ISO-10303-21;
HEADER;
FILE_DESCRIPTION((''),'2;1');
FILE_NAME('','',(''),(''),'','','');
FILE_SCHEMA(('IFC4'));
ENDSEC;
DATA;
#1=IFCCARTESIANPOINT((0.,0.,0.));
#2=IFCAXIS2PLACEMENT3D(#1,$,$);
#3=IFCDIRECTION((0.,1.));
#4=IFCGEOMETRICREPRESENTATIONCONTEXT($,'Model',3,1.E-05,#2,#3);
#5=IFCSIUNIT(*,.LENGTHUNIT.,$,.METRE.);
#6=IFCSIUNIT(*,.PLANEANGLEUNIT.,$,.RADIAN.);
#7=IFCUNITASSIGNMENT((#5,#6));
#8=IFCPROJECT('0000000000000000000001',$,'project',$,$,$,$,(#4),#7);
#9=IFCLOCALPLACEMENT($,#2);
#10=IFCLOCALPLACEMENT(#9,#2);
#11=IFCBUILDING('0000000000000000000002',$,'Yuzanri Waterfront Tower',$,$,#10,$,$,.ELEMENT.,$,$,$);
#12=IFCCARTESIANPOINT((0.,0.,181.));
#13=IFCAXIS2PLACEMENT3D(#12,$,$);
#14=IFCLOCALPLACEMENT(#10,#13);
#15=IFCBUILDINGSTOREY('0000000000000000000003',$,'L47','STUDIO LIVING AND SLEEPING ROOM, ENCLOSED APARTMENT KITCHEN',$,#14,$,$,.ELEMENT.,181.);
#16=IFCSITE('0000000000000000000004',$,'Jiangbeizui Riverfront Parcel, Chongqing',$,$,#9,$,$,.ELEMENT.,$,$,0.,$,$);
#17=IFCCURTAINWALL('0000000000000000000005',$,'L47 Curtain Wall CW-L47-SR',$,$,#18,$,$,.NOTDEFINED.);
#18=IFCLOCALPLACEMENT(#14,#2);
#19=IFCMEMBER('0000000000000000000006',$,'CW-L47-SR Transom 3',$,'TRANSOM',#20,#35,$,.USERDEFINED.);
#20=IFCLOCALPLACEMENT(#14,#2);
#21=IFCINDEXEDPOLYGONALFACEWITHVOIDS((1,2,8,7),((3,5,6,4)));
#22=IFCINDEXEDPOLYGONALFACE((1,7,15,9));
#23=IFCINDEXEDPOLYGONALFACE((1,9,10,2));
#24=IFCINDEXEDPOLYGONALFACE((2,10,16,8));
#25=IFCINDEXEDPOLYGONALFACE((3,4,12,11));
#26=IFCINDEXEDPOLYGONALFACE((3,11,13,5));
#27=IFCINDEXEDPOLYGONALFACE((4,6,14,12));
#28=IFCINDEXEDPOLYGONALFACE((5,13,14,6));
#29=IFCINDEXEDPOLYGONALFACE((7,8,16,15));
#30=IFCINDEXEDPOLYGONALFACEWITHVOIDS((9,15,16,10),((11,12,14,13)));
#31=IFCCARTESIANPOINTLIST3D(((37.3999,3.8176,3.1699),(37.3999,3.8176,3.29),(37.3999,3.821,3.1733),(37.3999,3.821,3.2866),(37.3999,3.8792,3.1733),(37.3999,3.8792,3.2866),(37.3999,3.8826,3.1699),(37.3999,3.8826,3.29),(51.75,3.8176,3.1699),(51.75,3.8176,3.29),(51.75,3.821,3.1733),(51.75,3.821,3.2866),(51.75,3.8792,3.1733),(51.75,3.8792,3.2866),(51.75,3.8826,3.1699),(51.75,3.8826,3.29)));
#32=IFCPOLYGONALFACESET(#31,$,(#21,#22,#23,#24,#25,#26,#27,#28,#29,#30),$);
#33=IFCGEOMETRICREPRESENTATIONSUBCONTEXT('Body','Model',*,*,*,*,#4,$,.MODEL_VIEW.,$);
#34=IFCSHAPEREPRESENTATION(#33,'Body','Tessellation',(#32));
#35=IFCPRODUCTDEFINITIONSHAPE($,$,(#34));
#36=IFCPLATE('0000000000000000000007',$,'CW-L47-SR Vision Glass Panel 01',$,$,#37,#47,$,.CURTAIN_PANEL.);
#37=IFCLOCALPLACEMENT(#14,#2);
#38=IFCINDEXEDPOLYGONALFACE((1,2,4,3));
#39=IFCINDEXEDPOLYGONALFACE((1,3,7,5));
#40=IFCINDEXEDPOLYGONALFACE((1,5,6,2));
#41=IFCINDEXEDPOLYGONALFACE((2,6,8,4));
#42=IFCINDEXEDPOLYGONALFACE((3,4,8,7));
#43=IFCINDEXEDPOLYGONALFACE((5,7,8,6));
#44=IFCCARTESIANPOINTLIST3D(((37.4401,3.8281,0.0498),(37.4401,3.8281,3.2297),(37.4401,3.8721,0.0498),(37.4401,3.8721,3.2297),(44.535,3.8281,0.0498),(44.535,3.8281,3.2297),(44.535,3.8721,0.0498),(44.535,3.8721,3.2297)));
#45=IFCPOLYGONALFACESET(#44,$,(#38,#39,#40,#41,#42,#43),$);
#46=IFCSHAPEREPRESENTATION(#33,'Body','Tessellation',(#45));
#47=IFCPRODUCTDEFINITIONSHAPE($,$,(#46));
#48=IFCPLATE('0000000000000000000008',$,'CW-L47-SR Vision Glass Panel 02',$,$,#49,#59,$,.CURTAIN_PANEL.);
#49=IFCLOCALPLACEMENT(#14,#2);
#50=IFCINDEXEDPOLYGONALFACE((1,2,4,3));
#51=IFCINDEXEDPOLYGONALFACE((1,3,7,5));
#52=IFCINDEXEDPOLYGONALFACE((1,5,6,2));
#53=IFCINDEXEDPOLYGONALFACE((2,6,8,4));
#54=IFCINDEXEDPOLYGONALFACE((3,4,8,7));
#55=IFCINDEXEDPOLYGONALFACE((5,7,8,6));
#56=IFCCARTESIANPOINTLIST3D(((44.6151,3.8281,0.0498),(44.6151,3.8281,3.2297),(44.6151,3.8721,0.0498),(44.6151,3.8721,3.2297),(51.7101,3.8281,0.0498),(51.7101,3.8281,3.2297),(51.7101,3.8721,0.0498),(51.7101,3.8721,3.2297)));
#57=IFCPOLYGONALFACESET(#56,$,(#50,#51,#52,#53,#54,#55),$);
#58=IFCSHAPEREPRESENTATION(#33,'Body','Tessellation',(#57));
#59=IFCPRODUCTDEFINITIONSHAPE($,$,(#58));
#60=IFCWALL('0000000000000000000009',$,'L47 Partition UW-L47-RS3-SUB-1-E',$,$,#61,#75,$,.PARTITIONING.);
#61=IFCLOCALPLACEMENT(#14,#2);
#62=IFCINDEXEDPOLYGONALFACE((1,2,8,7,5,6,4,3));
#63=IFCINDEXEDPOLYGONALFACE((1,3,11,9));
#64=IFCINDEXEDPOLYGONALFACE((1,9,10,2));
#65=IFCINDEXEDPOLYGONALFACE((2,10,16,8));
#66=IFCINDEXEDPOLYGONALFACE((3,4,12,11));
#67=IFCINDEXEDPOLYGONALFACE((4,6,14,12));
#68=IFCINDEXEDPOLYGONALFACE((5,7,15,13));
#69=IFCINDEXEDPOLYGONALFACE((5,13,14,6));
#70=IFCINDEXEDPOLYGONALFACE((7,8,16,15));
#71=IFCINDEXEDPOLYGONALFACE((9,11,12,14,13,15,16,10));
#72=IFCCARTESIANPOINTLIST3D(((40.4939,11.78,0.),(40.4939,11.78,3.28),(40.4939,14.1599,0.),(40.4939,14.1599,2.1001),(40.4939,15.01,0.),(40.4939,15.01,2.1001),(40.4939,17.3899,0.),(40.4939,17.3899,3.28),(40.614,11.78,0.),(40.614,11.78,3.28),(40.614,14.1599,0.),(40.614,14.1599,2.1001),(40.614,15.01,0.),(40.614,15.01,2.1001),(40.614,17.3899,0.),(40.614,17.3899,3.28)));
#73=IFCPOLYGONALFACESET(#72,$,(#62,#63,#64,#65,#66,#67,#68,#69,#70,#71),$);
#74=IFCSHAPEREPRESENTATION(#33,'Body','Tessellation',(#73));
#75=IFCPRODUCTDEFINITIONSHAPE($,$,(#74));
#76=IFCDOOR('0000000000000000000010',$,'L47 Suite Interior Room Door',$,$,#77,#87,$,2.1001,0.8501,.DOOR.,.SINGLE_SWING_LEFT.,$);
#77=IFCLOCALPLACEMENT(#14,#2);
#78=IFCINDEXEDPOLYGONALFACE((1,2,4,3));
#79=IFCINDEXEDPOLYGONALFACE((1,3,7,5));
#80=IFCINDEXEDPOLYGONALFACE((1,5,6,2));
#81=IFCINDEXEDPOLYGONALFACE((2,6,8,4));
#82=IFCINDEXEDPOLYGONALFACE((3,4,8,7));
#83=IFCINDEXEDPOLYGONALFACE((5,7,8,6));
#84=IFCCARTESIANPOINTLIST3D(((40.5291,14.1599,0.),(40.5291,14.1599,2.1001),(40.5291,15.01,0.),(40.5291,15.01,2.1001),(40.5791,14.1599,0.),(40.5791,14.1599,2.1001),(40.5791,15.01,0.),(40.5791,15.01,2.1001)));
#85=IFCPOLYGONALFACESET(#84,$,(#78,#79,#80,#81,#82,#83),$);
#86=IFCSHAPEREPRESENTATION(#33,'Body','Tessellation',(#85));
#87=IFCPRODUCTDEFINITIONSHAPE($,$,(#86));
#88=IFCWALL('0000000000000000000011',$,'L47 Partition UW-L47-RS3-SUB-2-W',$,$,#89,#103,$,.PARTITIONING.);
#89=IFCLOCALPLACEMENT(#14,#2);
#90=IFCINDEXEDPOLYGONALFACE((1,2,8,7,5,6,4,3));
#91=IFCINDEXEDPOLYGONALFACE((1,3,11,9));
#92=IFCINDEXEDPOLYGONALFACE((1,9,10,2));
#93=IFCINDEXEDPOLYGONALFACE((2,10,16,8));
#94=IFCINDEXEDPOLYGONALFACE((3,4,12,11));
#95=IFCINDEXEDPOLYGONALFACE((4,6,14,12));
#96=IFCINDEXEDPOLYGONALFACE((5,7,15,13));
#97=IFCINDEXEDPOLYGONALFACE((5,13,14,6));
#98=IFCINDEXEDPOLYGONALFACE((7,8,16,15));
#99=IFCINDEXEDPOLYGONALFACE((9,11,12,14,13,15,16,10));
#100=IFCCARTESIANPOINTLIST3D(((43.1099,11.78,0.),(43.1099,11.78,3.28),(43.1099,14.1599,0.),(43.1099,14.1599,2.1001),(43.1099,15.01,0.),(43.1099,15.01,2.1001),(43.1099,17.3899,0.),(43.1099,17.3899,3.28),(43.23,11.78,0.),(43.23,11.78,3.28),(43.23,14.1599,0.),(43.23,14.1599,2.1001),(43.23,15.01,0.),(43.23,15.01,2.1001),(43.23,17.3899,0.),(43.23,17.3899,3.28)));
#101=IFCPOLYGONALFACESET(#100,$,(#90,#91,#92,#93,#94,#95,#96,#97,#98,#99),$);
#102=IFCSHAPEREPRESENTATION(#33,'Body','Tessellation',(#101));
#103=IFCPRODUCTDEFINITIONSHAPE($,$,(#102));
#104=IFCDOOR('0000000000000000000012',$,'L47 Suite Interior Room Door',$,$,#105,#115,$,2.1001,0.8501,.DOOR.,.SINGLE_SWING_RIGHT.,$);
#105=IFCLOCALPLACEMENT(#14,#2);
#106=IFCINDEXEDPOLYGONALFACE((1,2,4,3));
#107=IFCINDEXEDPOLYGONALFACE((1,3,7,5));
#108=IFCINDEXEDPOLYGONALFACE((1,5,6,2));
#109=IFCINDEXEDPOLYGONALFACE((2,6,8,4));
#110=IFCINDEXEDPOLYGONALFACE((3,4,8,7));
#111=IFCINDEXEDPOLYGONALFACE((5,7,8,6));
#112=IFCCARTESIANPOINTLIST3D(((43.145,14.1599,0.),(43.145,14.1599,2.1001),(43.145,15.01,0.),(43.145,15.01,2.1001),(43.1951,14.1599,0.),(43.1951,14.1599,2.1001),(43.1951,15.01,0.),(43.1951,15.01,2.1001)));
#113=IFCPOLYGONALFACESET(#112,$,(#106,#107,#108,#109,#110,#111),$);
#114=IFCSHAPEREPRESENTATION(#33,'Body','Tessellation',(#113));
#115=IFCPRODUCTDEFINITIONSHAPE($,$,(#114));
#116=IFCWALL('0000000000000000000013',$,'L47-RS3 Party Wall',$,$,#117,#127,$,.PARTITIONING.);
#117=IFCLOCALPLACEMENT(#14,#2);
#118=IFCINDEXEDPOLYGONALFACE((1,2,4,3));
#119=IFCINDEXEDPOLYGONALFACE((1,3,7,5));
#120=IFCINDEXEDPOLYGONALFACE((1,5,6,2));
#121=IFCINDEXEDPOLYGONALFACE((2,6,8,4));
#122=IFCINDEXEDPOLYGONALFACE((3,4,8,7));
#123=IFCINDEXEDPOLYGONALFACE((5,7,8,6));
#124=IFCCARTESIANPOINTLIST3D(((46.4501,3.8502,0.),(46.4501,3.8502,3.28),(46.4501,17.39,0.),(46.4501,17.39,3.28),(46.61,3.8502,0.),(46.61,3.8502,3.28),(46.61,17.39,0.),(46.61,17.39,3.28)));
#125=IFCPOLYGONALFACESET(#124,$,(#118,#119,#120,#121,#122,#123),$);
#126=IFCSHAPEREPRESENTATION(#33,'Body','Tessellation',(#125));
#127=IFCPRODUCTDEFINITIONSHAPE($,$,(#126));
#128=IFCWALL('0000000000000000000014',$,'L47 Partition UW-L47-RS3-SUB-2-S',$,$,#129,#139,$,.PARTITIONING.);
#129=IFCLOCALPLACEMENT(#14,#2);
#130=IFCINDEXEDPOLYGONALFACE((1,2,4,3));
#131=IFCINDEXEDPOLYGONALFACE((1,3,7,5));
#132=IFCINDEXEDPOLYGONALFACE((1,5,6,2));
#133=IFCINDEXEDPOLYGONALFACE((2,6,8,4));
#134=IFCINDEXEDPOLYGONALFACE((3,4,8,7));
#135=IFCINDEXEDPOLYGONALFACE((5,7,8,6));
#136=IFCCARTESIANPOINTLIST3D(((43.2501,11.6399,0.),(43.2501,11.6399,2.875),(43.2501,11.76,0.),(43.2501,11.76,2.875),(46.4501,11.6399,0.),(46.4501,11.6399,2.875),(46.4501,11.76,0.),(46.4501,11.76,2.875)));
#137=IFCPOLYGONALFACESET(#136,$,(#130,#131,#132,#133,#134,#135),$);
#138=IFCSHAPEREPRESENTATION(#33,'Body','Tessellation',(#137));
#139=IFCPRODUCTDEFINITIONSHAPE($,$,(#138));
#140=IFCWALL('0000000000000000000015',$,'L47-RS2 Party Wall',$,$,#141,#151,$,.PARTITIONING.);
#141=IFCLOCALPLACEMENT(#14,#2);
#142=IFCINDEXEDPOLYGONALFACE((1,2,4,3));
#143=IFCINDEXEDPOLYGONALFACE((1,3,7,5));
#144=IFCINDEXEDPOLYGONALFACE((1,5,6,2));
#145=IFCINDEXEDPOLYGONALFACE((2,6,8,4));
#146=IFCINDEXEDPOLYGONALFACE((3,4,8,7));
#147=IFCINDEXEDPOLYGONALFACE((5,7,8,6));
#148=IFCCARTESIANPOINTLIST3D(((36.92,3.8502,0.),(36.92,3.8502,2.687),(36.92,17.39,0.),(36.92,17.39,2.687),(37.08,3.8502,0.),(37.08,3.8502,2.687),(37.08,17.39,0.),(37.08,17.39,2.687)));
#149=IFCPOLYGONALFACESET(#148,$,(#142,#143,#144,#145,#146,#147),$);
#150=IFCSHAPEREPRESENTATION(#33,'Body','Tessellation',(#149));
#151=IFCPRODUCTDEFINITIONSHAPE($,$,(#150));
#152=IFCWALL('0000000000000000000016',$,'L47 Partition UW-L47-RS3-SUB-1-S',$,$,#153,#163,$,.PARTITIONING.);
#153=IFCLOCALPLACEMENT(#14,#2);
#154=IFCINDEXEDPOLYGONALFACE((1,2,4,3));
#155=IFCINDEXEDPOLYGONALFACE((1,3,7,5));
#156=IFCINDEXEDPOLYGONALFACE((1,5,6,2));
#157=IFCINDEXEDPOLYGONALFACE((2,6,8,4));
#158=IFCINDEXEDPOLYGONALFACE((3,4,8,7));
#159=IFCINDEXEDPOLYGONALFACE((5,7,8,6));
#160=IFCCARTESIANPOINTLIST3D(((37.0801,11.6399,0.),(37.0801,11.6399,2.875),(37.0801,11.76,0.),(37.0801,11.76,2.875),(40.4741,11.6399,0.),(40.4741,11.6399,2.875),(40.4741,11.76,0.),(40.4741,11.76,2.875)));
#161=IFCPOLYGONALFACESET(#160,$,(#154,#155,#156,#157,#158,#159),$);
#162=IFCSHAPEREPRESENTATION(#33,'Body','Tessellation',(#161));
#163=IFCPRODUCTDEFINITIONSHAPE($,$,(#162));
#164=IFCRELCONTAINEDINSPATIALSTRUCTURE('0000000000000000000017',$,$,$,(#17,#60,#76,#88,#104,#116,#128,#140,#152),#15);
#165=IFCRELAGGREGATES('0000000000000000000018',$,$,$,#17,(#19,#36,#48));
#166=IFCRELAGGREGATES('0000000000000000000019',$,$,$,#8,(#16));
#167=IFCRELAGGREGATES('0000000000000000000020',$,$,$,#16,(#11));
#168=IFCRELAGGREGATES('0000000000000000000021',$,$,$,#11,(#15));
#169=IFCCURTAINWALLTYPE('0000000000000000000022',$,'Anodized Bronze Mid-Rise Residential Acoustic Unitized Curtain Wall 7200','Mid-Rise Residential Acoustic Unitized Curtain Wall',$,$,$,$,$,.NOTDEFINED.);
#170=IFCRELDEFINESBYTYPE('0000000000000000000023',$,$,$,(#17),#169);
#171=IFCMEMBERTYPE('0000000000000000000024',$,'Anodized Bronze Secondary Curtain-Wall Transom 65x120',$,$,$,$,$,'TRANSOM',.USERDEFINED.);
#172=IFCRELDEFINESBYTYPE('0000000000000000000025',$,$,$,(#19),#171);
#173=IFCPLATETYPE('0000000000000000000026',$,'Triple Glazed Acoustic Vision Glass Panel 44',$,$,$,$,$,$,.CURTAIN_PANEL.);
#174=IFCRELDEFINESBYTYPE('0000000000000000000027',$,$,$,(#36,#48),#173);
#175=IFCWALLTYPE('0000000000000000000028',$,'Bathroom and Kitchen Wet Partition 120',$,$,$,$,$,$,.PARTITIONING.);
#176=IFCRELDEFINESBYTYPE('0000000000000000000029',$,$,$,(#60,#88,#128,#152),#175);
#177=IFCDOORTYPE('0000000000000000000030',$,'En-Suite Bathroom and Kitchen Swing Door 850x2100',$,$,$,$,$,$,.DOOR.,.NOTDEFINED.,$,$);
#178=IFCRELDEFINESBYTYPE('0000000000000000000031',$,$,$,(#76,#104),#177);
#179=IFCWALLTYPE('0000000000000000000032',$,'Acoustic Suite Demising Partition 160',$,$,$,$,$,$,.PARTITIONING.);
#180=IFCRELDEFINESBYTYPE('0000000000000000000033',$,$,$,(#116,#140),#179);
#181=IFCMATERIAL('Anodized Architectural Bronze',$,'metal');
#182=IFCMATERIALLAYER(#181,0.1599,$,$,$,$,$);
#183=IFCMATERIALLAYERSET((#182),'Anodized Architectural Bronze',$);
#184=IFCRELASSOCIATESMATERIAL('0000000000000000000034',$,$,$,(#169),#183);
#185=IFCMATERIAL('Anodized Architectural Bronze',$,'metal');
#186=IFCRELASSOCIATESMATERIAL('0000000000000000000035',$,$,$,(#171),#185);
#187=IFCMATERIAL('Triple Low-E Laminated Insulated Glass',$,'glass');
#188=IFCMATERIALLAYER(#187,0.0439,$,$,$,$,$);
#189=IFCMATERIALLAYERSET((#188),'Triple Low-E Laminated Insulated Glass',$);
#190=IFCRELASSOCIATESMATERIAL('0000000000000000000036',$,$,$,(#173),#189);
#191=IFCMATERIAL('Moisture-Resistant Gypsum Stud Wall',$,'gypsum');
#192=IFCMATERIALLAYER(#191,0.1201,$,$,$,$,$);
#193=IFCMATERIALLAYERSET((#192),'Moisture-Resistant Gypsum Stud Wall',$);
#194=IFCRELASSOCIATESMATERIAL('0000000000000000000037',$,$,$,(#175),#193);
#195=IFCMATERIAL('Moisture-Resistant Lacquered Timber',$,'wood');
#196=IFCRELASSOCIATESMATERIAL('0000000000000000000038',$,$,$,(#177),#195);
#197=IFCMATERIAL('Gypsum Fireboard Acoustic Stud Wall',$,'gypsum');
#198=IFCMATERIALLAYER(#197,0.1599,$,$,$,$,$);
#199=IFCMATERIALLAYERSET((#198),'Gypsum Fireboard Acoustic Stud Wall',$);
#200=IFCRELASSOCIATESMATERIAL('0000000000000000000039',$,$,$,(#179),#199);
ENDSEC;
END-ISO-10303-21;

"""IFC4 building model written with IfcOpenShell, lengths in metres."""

from ifc_helpers import new_model, si_unit, direction, frame, frame_2d, origin, origin_2d, place, context, subcontext, project, spatial, rectangle, hollow_rectangle, extrude, source, transform, mapped, material, layer, layer_set, material_profile, profile_set, type_object, element, fill, aggregate, save


model = new_model("IFC4")

# Units and contexts
model_context = context("Model", 3, precision=1e-05, world=origin(), true_north=direction((0.0, 1.0)))
body_context = subcontext(model_context, "Body", "Model", "MODEL_VIEW")
ifc_project = project(units=[si_unit("LENGTHUNIT", "METRE"), si_unit("PLANEANGLEUNIT", "RADIAN")], contexts=[model_context])

# Site, building, storey
site_placement = place(None, origin())
site = spatial("IfcSite", under=ifc_project, at=site_placement, Name="Jiangbeizui Riverfront Parcel, Chongqing", CompositionType="ELEMENT", RefElevation=0.0)
building_placement = place(site_placement, origin())
building = spatial("IfcBuilding", under=site, at=building_placement, Name="Yuzanri Waterfront Tower", CompositionType="ELEMENT")
storey_placement = place(building_placement, frame((0.0, 0.0, 181.0)))
storey = spatial("IfcBuildingStorey", under=building, at=storey_placement, Name="L47", Description="STUDIO LIVING AND SLEEPING ROOM, ENCLOSED APARTMENT KITCHEN", CompositionType="ELEMENT", Elevation=181.0)

# Curtain wall, member, plates
ifc_material_1 = material(Name="Anodized Architectural Bronze", Category="metal")
ifc_layer_1 = layer(ifc_material_1, 0.1599)
ifc_layer_set_1 = layer_set([ifc_layer_1], Name="Anodized Architectural Bronze")
curtain_wall_type = type_object("IfcCurtainWallType", Name="Anodized Bronze Mid-Rise Residential Acoustic Unitized Curtain Wall 7200", Description="Mid-Rise Residential Acoustic Unitized Curtain Wall", PredefinedType="NOTDEFINED", material=ifc_layer_set_1)
curtain_wall_placement = place(storey_placement, origin())
curtain_wall = element("IfcCurtainWall", 1, at=curtain_wall_placement, inside=storey, type_object=curtain_wall_type, Name="L47 Curtain Wall CW-L47-SR", PredefinedType="NOTDEFINED")
ifc_material_2 = material(Name="Anodized Architectural Bronze", Category="metal")
ifc_material_profile_1 = material_profile(ifc_material_2, hollow_rectangle(XDim=0.0649, YDim=0.1201, WallThickness=0.0034, at=origin_2d()), Name="CWT 65x120")
ifc_profile_set_1 = profile_set([ifc_material_profile_1], Name="Anodized Architectural Bronze")
member_type_1 = type_object("IfcMemberType", Name="Anodized Bronze Secondary Curtain-Wall Transom 65x120", ElementType="TRANSOM", PredefinedType="USERDEFINED", material=ifc_profile_set_1)
shared_shape_1 = source(origin(), body_context, "Body", "SweptSolid", [
    extrude(hollow_rectangle(XDim=0.0649, YDim=0.1201, WallThickness=0.0034, at=origin_2d()), origin(), (0.0, 0.0, 1.0), 14.3501),
])
member_1_placement = place(storey_placement, frame((37.3999, 3.8501, 3.23), z_axis=(1.0, 0.0, 0.0), x_axis=(0.0, 1.0, 0.0)))
member_1 = element("IfcMember", 2, at=member_1_placement, type_object=member_type_1, Name="CW-L47-SR Transom 3", ObjectType="TRANSOM", PredefinedType="USERDEFINED", context=body_context, shape_type="MappedRepresentation", body=[
    mapped(shared_shape_1, transform((0.0, 0.0, 0.0), scale=1.0)),
])
ifc_material_3 = material(Name="Triple Low-E Laminated Insulated Glass", Category="glass")
ifc_layer_2 = layer(ifc_material_3, 0.0439)
ifc_layer_set_2 = layer_set([ifc_layer_2], Name="Triple Low-E Laminated Insulated Glass")
plate_type = type_object("IfcPlateType", Name="Triple Glazed Acoustic Vision Glass Panel 44", PredefinedType="CURTAIN_PANEL", material=ifc_layer_set_2)
shared_shape_2 = source(origin(), body_context, "Body", "SweptSolid", [
    extrude(rectangle(XDim=7.095, YDim=0.0439, at=origin_2d()), origin(), (0.0, 0.0, 1.0), 3.1799),
])
plate_1_placement = place(storey_placement, frame((40.9875, 3.8501, 0.0498), z_axis=(0.0, 0.0, 1.0), x_axis=(1.0, 0.0, 0.0)))
plate_1 = element("IfcPlate", 3, at=plate_1_placement, type_object=plate_type, Name="CW-L47-SR Vision Glass Panel 01", PredefinedType="CURTAIN_PANEL", context=body_context, shape_type="MappedRepresentation", body=[
    mapped(shared_shape_2, transform((0.0, 0.0, 0.0), scale=1.0)),
])
plate_2_placement = place(storey_placement, frame((48.1626, 3.8501, 0.0498), z_axis=(0.0, 0.0, 1.0), x_axis=(1.0, 0.0, 0.0)))
plate_2 = element("IfcPlate", 4, at=plate_2_placement, type_object=plate_type, Name="CW-L47-SR Vision Glass Panel 02", PredefinedType="CURTAIN_PANEL", context=body_context, shape_type="MappedRepresentation", body=[
    mapped(shared_shape_2, transform((0.0, 0.0, 0.0), scale=1.0)),
])
aggregate(curtain_wall, [member_1, plate_1, plate_2])

# Walls, openings, doors
ifc_material_4 = material(Name="Moisture-Resistant Gypsum Stud Wall", Category="gypsum")
ifc_layer_3 = layer(ifc_material_4, 0.1201)
ifc_layer_set_3 = layer_set([ifc_layer_3], Name="Moisture-Resistant Gypsum Stud Wall")
wall_type_1 = type_object("IfcWallType", Name="Bathroom and Kitchen Wet Partition 120", PredefinedType="PARTITIONING", material=ifc_layer_set_3)
wall_1_placement = place(storey_placement, frame((40.554, 11.78, 0.0), z_axis=(0.0, 0.0, 1.0), x_axis=(0.0, 1.0, 0.0)))
wall_1 = element("IfcWall", 5, at=wall_1_placement, inside=storey, type_object=wall_type_1, Name="L47 Partition UW-L47-RS3-SUB-1-E", PredefinedType="PARTITIONING", context=body_context, shape_type="SweptSolid", body=[
    extrude(rectangle(XDim=5.6099, YDim=0.1201, at=frame_2d((2.8049, 0.0))), origin(), (0.0, 0.0, 1.0), 3.28),
])
opening_1_placement = place(wall_1_placement, frame((2.3799, 0.0, 0.0)))
opening_1 = element("IfcOpeningElement", 6, at=opening_1_placement, cuts=wall_1, PredefinedType="OPENING", context=body_context, shape_type="SweptSolid", body=[
    extrude(rectangle(XDim=0.8501, YDim=2.1001, at=frame_2d((0.425, 1.05))), frame((0.0, 0.075, 0.0), z_axis=(0.0, -1.0, 0.0), x_axis=(1.0, 0.0, 0.0)), (0.0, 0.0, 1.0), 0.1499),
])
ifc_material_5 = material(Name="Moisture-Resistant Lacquered Timber", Category="wood")
door_type = type_object("IfcDoorType", Name="En-Suite Bathroom and Kitchen Swing Door 850x2100", OperationType="NOTDEFINED", PredefinedType="DOOR", material=ifc_material_5)
shared_shape_3 = source(origin(), body_context, "Body", "SweptSolid", [
    extrude(rectangle(XDim=0.8501, YDim=2.1001, at=frame_2d((0.425, 1.05))), frame((0.0, 0.0249, 0.0), z_axis=(0.0, -1.0, 0.0), x_axis=(1.0, 0.0, 0.0)), (0.0, 0.0, 1.0), 0.05),
])
door_1_placement = place(opening_1_placement, origin())
door_1 = element("IfcDoor", 7, at=door_1_placement, inside=storey, type_object=door_type, Name="L47 Suite Interior Room Door", OperationType="SINGLE_SWING_LEFT", OverallHeight=2.1001, OverallWidth=0.8501, PredefinedType="DOOR", context=body_context, shape_type="MappedRepresentation", body=[
    mapped(shared_shape_3, transform((0.0, 0.0, 0.0), scale=1.0)),
])
fill(opening_1, door_1)
wall_2_placement = place(storey_placement, frame((43.1699, 11.78, 0.0), z_axis=(0.0, 0.0, 1.0), x_axis=(0.0, 1.0, 0.0)))
wall_2 = element("IfcWall", 8, at=wall_2_placement, inside=storey, type_object=wall_type_1, Name="L47 Partition UW-L47-RS3-SUB-2-W", PredefinedType="PARTITIONING", context=body_context, shape_type="SweptSolid", body=[
    extrude(rectangle(XDim=5.6099, YDim=0.1201, at=frame_2d((2.8049, 0.0))), origin(), (0.0, 0.0, 1.0), 3.28),
])
opening_2_placement = place(wall_2_placement, frame((2.3799, 0.0, 0.0)))
opening_2 = element("IfcOpeningElement", 9, at=opening_2_placement, cuts=wall_2, PredefinedType="OPENING", context=body_context, shape_type="SweptSolid", body=[
    extrude(rectangle(XDim=0.8501, YDim=2.1001, at=frame_2d((0.425, 1.05))), frame((0.0, 0.075, 0.0), z_axis=(0.0, -1.0, 0.0), x_axis=(1.0, 0.0, 0.0)), (0.0, 0.0, 1.0), 0.1499),
])
door_2_placement = place(opening_2_placement, origin())
door_2 = element("IfcDoor", 10, at=door_2_placement, inside=storey, type_object=door_type, Name="L47 Suite Interior Room Door", OperationType="SINGLE_SWING_RIGHT", OverallHeight=2.1001, OverallWidth=0.8501, PredefinedType="DOOR", context=body_context, shape_type="MappedRepresentation", body=[
    mapped(shared_shape_3, transform((0.0, 0.0, 0.0), scale=1.0)),
])
fill(opening_2, door_2)

# Walls
ifc_material_6 = material(Name="Gypsum Fireboard Acoustic Stud Wall", Category="gypsum")
ifc_layer_4 = layer(ifc_material_6, 0.1599)
ifc_layer_set_4 = layer_set([ifc_layer_4], Name="Gypsum Fireboard Acoustic Stud Wall")
wall_type_2 = type_object("IfcWallType", Name="Acoustic Suite Demising Partition 160", PredefinedType="PARTITIONING", material=ifc_layer_set_4)
shared_shape_4 = source(origin(), body_context, "Body", "SweptSolid", [
    extrude(rectangle(XDim=13.5398, YDim=0.1599, at=frame_2d((6.77, 0.0))), origin(), (0.0, 0.0, 1.0), 3.28),
])
wall_3_placement = place(storey_placement, frame((46.53, 3.8501, 0.0), z_axis=(0.0, 0.0, 1.0), x_axis=(0.0, 1.0, 0.0)))
element("IfcWall", 11, at=wall_3_placement, inside=storey, type_object=wall_type_2, Name="L47-RS3 Party Wall", PredefinedType="PARTITIONING", context=body_context, shape_type="MappedRepresentation", body=[
    mapped(shared_shape_4, transform((0.0, 0.0, 0.0), scale=1.0)),
])
shared_shape_5 = source(origin(), body_context, "Body", "SweptSolid", [
    extrude(rectangle(XDim=3.2, YDim=0.1201, at=frame_2d((1.6001, 0.0))), origin(), (0.0, 0.0, 1.0), 2.875),
])
wall_4_placement = place(storey_placement, frame((43.25, 11.7, 0.0), z_axis=(0.0, 0.0, 1.0), x_axis=(1.0, 0.0, 0.0)))
element("IfcWall", 12, at=wall_4_placement, inside=storey, type_object=wall_type_1, Name="L47 Partition UW-L47-RS3-SUB-2-S", PredefinedType="PARTITIONING", context=body_context, shape_type="MappedRepresentation", body=[
    mapped(shared_shape_5, transform((0.0, 0.0, 0.0), scale=1.0)),
])
shared_shape_6 = source(origin(), body_context, "Body", "SweptSolid", [
    extrude(rectangle(XDim=13.5398, YDim=0.1599, at=frame_2d((6.77, 0.0))), origin(), (0.0, 0.0, 1.0), 2.687),
])
wall_5_placement = place(storey_placement, frame((37.0, 3.8501, 0.0), z_axis=(0.0, 0.0, 1.0), x_axis=(0.0, 1.0, 0.0)))
element("IfcWall", 13, at=wall_5_placement, inside=storey, type_object=wall_type_2, Name="L47-RS2 Party Wall", PredefinedType="PARTITIONING", context=body_context, shape_type="MappedRepresentation", body=[
    mapped(shared_shape_6, transform((0.0, 0.0, 0.0), scale=1.0)),
])
shared_shape_7 = source(origin(), body_context, "Body", "SweptSolid", [
    extrude(rectangle(XDim=3.394, YDim=0.1201, at=frame_2d((1.697, 0.0))), origin(), (0.0, 0.0, 1.0), 2.875),
])
wall_6_placement = place(storey_placement, frame((37.0801, 11.7, 0.0), z_axis=(0.0, 0.0, 1.0), x_axis=(1.0, 0.0, 0.0)))
element("IfcWall", 14, at=wall_6_placement, inside=storey, type_object=wall_type_1, Name="L47 Partition UW-L47-RS3-SUB-1-S", PredefinedType="PARTITIONING", context=body_context, shape_type="MappedRepresentation", body=[
    mapped(shared_shape_7, transform((0.0, 0.0, 0.0), scale=1.0)),
])

save(model, "model.ifc")
